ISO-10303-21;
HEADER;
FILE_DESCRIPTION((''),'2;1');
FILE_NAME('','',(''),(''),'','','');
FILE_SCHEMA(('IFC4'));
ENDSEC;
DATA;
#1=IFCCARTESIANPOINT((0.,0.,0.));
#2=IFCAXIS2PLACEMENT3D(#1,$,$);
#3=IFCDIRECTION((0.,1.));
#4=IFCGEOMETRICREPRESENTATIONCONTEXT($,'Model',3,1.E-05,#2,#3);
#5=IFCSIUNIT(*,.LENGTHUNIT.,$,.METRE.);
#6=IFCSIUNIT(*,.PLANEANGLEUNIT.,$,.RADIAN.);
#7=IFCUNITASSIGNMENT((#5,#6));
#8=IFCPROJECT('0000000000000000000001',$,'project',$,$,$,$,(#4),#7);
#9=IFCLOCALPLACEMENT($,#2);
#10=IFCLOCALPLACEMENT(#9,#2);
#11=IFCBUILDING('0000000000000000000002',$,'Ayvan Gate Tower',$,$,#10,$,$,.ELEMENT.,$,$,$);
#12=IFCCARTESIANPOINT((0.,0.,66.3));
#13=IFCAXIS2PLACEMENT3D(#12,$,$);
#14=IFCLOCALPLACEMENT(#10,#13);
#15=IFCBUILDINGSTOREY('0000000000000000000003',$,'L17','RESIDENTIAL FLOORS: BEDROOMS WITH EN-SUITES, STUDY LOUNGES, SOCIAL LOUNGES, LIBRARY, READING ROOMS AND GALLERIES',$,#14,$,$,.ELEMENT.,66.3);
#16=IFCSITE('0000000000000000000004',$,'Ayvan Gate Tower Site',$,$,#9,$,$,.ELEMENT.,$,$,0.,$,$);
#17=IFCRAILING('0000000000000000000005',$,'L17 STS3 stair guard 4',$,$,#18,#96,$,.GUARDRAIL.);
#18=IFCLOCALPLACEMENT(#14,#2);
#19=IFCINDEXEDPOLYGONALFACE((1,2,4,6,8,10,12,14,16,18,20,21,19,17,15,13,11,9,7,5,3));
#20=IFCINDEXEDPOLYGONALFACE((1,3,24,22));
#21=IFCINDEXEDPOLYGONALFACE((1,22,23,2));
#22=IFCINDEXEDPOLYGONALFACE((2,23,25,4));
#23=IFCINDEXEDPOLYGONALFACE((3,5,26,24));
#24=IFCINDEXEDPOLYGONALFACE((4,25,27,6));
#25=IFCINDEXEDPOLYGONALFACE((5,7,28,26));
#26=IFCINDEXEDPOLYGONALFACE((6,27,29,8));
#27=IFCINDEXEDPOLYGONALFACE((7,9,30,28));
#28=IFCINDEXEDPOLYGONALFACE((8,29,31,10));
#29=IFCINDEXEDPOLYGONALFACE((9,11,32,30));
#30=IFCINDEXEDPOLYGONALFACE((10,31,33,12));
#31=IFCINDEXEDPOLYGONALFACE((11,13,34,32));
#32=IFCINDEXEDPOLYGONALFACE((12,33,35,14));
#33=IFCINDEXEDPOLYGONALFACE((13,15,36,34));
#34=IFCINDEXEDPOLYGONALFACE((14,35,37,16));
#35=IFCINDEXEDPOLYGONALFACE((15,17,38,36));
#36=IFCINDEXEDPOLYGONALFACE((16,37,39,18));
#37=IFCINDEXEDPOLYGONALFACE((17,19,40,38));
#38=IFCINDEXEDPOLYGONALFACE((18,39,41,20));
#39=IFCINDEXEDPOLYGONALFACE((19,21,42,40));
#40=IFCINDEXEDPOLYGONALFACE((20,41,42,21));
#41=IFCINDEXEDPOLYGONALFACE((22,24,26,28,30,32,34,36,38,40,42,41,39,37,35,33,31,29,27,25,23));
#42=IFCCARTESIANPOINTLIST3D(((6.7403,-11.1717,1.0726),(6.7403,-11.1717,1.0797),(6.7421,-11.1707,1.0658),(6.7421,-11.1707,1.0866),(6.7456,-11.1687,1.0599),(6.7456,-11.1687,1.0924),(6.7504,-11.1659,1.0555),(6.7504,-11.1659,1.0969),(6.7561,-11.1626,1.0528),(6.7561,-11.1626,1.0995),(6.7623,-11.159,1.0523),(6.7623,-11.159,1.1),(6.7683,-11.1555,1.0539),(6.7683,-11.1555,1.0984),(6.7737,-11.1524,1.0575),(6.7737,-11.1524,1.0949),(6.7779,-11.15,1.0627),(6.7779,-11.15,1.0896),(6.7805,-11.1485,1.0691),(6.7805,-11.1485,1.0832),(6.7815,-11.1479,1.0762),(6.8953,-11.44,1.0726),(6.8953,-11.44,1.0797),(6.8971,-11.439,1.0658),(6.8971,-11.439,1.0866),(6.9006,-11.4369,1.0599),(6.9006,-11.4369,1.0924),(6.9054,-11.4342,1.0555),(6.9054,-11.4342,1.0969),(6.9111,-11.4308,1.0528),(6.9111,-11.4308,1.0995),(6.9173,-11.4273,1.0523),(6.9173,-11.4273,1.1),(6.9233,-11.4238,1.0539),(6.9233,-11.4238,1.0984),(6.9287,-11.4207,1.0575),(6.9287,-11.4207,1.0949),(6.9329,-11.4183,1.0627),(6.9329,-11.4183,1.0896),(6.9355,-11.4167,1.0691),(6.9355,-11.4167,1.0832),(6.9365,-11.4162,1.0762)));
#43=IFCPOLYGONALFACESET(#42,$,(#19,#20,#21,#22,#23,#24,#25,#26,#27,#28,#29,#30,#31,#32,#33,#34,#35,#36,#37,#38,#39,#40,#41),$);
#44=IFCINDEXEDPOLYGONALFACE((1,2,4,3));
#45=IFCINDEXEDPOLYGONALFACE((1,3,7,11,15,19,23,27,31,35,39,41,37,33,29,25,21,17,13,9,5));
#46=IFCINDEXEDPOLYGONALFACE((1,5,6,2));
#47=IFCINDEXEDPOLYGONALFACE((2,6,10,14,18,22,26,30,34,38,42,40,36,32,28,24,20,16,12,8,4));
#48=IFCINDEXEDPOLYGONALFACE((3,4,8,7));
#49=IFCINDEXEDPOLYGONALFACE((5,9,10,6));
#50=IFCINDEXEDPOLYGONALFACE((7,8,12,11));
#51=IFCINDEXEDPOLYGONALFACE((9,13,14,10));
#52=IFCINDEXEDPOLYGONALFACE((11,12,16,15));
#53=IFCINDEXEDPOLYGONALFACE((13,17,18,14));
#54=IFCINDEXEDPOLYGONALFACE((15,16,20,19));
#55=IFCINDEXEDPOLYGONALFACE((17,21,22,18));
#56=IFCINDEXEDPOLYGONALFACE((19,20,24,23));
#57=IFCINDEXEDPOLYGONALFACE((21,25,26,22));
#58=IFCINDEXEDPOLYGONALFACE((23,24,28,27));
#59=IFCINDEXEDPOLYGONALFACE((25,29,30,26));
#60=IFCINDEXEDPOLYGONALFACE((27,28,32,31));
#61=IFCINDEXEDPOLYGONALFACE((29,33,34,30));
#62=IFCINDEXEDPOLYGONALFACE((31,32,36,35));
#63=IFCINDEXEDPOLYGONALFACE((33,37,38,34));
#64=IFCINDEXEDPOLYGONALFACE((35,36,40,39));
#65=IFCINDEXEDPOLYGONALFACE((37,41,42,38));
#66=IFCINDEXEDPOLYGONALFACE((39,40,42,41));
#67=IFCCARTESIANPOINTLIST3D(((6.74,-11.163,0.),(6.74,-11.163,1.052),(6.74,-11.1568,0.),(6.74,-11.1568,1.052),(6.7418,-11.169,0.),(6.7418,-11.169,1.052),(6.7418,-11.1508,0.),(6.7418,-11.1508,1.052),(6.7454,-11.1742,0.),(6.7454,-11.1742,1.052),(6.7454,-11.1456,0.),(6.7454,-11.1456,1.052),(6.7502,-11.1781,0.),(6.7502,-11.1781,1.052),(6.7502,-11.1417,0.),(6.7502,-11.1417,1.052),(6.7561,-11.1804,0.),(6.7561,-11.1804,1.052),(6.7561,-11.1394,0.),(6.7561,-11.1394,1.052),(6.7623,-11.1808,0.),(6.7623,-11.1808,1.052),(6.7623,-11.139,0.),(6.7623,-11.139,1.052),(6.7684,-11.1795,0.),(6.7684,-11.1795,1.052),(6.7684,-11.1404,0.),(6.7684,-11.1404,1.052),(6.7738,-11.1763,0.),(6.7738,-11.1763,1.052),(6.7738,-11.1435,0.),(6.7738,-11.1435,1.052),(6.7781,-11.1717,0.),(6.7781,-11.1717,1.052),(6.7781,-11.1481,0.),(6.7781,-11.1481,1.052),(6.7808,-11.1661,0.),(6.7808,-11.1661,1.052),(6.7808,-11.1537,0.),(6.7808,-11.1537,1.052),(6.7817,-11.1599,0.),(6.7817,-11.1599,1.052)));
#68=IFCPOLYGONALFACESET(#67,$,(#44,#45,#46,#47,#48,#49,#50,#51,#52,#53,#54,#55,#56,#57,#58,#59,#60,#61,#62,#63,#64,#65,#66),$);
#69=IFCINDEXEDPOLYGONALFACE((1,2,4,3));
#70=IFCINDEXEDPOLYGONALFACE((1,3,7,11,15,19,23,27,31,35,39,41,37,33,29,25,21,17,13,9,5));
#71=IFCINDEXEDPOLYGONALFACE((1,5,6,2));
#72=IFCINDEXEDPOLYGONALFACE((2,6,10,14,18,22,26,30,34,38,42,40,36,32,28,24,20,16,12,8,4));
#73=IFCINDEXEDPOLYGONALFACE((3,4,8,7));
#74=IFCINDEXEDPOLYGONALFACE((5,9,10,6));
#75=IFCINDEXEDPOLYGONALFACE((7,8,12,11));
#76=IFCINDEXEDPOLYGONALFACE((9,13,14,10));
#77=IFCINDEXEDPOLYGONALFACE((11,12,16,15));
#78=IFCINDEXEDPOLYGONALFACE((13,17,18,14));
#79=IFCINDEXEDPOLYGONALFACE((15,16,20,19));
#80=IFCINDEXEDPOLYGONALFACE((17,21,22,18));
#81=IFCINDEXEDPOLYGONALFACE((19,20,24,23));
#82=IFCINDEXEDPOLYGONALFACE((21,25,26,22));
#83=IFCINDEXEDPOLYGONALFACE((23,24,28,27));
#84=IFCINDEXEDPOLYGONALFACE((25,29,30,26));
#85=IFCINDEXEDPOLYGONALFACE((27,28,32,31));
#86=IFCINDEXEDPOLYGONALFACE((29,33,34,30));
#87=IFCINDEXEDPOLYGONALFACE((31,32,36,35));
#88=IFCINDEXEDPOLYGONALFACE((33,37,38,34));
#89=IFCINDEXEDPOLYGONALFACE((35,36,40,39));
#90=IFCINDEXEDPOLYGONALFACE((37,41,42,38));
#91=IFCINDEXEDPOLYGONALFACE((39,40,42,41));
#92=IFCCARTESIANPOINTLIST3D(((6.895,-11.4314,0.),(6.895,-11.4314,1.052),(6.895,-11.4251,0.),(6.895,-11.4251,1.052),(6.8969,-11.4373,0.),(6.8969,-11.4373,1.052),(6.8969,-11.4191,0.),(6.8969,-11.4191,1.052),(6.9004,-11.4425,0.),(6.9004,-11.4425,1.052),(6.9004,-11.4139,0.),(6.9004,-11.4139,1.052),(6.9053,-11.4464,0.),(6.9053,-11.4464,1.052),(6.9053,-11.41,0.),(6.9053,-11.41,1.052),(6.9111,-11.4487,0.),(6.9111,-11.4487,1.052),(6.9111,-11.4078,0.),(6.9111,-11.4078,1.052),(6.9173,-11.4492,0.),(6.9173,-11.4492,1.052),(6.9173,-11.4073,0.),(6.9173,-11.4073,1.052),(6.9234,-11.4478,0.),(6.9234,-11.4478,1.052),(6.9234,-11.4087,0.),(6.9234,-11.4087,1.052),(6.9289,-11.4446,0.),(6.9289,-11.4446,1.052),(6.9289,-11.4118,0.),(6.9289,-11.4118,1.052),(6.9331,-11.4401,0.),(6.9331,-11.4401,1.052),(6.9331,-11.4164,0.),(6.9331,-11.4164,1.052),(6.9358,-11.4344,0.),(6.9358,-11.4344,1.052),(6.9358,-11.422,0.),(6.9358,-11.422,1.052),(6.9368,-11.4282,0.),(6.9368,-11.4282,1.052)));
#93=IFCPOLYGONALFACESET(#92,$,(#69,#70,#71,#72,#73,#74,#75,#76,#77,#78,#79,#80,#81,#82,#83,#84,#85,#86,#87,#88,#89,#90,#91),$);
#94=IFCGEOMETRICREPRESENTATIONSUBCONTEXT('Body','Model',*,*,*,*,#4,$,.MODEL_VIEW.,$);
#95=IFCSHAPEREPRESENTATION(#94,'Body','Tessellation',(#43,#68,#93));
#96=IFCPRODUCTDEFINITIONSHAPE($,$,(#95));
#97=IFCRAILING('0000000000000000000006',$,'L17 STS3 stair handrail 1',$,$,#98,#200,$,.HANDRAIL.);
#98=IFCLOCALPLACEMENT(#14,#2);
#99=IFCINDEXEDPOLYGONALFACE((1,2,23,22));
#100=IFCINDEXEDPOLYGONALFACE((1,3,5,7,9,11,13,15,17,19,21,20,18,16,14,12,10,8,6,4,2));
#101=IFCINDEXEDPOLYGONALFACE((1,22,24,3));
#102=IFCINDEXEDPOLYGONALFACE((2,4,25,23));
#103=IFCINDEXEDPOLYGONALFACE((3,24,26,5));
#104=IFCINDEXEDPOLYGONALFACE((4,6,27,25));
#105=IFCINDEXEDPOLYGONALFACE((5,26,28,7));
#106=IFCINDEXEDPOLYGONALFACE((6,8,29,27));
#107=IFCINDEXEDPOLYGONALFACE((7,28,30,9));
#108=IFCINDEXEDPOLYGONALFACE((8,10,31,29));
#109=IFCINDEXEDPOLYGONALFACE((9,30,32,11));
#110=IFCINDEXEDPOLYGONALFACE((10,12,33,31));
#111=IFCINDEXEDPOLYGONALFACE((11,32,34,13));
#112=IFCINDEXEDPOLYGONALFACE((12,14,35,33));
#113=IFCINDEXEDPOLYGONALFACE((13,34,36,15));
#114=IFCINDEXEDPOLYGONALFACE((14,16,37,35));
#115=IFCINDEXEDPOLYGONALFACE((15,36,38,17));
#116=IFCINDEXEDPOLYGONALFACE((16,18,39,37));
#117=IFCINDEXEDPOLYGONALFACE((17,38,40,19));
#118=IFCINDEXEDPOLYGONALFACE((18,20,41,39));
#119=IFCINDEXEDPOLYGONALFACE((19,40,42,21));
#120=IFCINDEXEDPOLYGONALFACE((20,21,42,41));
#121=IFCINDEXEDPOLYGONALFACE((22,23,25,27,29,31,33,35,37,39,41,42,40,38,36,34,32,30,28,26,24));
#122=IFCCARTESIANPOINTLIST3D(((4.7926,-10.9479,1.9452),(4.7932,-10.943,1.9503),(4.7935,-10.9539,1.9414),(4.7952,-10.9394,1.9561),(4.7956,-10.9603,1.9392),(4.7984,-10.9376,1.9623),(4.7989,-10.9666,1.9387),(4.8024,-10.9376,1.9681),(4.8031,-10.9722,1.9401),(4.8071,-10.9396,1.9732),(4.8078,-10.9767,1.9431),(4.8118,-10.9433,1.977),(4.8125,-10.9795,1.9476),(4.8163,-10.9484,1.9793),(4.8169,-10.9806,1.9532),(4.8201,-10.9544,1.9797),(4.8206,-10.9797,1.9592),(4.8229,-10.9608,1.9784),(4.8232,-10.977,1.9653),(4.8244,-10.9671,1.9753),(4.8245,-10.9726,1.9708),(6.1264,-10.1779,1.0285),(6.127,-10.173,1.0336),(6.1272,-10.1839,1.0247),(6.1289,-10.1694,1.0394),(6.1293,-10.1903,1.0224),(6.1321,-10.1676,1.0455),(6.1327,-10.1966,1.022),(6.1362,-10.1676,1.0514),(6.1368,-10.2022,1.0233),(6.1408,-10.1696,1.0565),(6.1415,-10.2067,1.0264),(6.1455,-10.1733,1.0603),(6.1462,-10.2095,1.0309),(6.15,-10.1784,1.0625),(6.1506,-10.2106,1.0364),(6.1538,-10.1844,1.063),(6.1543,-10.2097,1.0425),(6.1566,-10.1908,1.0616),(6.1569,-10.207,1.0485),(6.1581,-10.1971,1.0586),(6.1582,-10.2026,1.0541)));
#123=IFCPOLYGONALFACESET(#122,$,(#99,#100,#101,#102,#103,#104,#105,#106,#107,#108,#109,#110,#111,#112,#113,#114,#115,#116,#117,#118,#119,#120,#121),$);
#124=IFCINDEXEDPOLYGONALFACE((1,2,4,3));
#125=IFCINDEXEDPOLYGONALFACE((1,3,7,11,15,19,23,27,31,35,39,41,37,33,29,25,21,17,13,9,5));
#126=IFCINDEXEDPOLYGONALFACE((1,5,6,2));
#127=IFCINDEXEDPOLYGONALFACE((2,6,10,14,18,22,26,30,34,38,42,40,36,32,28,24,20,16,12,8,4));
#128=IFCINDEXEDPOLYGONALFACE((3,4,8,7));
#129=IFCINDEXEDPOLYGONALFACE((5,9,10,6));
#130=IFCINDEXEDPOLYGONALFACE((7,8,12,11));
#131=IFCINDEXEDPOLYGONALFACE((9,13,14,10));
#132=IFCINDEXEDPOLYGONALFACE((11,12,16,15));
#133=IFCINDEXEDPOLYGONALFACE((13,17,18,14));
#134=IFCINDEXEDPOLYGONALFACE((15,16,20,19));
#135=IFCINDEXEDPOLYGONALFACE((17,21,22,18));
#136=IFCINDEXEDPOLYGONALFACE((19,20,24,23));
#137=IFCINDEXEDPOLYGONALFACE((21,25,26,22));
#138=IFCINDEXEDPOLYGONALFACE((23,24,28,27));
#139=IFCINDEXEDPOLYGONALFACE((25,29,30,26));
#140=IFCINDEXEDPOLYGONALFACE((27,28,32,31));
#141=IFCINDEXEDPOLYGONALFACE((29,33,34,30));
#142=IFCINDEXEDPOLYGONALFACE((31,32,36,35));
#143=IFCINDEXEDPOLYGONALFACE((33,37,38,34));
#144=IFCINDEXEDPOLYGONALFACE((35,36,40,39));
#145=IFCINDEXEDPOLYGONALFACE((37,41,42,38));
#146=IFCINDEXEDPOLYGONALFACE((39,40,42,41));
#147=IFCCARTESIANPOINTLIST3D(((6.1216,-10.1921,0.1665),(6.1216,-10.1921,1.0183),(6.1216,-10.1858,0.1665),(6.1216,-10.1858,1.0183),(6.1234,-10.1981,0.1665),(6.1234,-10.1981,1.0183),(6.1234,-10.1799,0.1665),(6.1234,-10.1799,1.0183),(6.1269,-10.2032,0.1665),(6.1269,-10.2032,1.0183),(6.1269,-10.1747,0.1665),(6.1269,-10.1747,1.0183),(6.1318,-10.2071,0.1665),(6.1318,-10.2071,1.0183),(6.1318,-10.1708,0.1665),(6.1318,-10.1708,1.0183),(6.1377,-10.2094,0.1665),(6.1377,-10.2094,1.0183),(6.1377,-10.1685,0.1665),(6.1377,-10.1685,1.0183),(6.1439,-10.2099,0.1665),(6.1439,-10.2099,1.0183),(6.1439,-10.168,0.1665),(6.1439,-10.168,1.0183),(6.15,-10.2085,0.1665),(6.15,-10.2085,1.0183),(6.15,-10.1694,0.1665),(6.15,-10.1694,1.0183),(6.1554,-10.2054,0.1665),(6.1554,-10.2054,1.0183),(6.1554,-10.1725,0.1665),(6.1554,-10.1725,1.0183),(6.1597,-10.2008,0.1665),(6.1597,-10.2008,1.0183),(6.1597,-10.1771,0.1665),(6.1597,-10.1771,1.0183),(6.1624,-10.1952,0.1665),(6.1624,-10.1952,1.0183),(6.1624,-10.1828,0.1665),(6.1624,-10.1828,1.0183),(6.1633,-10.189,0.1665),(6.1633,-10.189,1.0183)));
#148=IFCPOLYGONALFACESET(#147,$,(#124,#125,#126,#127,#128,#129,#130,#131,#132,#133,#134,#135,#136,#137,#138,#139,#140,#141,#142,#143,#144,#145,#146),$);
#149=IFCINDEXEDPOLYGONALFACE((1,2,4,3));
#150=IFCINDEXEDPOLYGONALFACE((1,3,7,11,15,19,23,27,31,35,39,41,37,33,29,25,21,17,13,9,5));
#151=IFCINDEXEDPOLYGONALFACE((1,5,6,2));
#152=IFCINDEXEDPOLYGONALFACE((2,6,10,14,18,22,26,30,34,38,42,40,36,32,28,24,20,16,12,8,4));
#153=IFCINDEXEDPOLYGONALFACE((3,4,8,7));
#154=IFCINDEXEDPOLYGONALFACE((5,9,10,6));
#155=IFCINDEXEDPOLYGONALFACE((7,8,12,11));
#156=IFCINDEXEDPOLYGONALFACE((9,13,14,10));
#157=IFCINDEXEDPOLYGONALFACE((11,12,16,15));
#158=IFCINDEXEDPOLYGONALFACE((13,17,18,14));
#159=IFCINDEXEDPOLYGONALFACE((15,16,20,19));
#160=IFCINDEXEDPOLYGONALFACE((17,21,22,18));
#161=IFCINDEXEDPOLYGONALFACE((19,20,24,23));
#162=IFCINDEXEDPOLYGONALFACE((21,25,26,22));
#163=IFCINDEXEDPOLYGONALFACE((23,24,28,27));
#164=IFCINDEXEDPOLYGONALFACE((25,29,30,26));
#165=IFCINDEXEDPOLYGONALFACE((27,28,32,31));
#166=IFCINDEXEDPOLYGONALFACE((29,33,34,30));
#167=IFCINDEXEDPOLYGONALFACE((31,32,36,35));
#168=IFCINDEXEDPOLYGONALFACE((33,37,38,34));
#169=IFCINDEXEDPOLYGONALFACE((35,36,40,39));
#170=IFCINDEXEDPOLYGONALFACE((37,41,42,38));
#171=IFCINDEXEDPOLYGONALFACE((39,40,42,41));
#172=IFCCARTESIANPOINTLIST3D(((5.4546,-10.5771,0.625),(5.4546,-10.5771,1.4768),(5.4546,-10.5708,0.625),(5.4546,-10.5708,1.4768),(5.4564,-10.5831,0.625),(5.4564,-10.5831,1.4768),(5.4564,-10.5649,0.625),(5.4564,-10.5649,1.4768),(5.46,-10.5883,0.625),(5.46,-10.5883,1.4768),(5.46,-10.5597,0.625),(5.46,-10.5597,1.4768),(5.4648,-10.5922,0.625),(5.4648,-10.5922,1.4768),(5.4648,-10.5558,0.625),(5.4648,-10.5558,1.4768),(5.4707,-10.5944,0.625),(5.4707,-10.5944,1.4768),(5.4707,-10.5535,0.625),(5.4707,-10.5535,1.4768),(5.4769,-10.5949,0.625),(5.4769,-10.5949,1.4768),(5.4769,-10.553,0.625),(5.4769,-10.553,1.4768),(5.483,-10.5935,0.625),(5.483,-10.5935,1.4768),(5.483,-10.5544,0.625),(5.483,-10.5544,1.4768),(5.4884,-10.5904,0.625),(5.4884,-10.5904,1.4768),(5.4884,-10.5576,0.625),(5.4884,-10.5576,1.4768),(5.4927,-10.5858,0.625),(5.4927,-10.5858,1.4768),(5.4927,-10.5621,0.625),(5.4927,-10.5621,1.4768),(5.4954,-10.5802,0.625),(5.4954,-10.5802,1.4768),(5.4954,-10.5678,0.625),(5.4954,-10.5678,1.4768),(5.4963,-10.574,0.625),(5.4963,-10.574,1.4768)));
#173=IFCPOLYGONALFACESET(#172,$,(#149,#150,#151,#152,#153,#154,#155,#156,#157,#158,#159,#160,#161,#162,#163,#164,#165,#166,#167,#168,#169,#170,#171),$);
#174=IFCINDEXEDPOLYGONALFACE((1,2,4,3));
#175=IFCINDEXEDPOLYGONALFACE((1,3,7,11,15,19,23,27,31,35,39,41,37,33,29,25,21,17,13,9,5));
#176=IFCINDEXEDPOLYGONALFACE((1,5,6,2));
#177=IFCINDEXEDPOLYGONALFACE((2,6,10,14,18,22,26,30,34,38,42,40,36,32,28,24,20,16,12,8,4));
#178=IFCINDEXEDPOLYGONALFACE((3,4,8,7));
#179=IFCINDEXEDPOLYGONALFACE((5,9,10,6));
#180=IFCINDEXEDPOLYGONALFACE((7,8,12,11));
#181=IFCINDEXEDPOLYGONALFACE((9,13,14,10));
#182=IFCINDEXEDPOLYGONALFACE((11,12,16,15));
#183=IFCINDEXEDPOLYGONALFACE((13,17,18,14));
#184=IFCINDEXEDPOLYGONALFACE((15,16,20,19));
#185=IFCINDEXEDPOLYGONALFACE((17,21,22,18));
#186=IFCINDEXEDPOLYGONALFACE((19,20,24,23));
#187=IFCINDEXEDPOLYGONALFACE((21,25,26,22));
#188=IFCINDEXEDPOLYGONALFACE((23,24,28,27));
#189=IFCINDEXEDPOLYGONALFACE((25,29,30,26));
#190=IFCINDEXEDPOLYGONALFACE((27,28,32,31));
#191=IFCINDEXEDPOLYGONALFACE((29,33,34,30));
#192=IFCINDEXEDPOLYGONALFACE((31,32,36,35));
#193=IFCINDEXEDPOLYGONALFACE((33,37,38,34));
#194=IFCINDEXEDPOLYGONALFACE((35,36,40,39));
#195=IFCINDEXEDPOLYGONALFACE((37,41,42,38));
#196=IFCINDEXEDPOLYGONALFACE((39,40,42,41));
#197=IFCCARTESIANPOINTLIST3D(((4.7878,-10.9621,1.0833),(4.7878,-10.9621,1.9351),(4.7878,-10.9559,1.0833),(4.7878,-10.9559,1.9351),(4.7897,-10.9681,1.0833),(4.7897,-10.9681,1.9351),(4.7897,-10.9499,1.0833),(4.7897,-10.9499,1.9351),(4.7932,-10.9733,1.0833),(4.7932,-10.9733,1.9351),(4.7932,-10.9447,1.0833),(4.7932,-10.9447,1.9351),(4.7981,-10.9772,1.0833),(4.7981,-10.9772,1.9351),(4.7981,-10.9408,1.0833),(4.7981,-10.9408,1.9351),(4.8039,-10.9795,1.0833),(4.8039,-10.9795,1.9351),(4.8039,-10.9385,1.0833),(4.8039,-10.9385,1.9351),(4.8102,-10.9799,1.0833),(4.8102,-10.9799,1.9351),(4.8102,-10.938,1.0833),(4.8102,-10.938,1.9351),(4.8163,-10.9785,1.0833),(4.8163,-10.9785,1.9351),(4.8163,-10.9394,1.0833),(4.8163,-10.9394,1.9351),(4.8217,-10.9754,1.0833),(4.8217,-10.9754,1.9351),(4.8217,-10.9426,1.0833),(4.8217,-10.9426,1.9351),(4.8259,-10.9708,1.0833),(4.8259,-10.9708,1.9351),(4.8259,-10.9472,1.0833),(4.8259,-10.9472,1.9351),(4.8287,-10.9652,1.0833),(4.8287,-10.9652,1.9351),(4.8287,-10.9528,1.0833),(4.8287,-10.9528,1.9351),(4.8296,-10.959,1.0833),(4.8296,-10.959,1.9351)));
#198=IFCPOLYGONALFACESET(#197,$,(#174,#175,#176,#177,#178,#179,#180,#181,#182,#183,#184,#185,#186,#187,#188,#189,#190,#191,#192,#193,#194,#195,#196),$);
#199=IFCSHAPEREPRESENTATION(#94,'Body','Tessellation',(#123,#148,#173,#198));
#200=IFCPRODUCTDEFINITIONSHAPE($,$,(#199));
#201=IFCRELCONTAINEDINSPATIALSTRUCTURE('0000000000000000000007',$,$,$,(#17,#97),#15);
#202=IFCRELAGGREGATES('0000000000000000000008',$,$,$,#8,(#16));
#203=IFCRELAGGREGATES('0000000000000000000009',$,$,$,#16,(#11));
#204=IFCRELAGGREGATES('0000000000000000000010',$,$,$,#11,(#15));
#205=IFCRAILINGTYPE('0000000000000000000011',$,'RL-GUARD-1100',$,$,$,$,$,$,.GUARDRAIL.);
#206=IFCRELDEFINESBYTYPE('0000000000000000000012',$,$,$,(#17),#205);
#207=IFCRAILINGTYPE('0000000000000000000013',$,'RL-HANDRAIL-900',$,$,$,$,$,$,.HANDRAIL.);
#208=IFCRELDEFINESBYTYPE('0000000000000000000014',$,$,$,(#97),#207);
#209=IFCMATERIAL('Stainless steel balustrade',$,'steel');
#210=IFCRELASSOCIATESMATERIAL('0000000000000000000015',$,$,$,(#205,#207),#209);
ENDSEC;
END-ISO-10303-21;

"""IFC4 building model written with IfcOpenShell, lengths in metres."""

from ifc_helpers import new_model, si_unit, direction, frame, origin, origin_2d, place, context, subcontext, project, spatial, circle, extrude, material, type_object, element, save


model = new_model("IFC4")

# Units and contexts
model_context = context("Model", 3, precision=1e-05, world=origin(), true_north=direction((0.0, 1.0)))
body_context = subcontext(model_context, "Body", "Model", "MODEL_VIEW")
ifc_project = project(units=[si_unit("LENGTHUNIT", "METRE"), si_unit("PLANEANGLEUNIT", "RADIAN")], contexts=[model_context])

# Site, building, storey
site_placement = place(None, origin())
site = spatial("IfcSite", under=ifc_project, at=site_placement, Name="Ayvan Gate Tower Site", CompositionType="ELEMENT", RefElevation=0.0)
building_placement = place(site_placement, origin())
building = spatial("IfcBuilding", under=site, at=building_placement, Name="Ayvan Gate Tower", CompositionType="ELEMENT")
storey_placement = place(building_placement, frame((0.0, 0.0, 66.3)))
storey = spatial("IfcBuildingStorey", under=building, at=storey_placement, Name="L17", Description="RESIDENTIAL FLOORS: BEDROOMS WITH EN-SUITES, STUDY LOUNGES, SOCIAL LOUNGES, LIBRARY, READING ROOMS AND GALLERIES", CompositionType="ELEMENT", Elevation=66.3)

# Railings
ifc_material_1 = material(Name="Stainless steel balustrade", Category="steel")
railing_type_1 = type_object("IfcRailingType", Name="RL-GUARD-1100", PredefinedType="GUARDRAIL", material=ifc_material_1)
railing_1_placement = place(storey_placement, frame((6.7607, -11.1599, 0.0)))
element("IfcRailing", 1, at=railing_1_placement, inside=storey, type_object=railing_type_1, Name="L17 STS3 stair guard 4", PredefinedType="GUARDRAIL", context=body_context, shape_type="SweptSolid", body=[
    extrude(circle(Radius=0.0239, at=origin_2d()), frame((0.0, 0.0, 1.0762), z_axis=(0.500291, -0.865857, 0.0), x_axis=(0.865857, 0.500291, 0.0)), (0.0, 0.0, 1.0), 0.3098),
    extrude(circle(Radius=0.021, at=origin_2d()), origin(), (0.0, 0.0, 1.0), 1.052),
    extrude(circle(Radius=0.021, at=origin_2d()), frame((0.155, -0.2683, 0.0)), (0.0, 0.0, 1.0), 1.052),
])
railing_type_2 = type_object("IfcRailingType", Name="RL-HANDRAIL-900", PredefinedType="HANDRAIL", material=ifc_material_1)
railing_2_placement = place(storey_placement, frame((6.1423, -10.189, 0.1665)))
element("IfcRailing", 2, at=railing_2_placement, inside=storey, type_object=railing_type_2, Name="L17 STS3 stair handrail 1", PredefinedType="HANDRAIL", context=body_context, shape_type="SweptSolid", body=[
    extrude(circle(Radius=0.0239, at=origin_2d()), frame((0.0, 0.0, 0.876), z_axis=(-0.744164, -0.429634, 0.511502), x_axis=(0.499992, -0.86603, 0.0)), (0.0, 0.0, 1.0), 1.7922),
    extrude(circle(Radius=0.021, at=origin_2d()), origin(), (0.0, 0.0, 1.0), 0.8518),
    extrude(circle(Radius=0.021, at=origin_2d()), frame((-0.667, -0.385, 0.4585)), (0.0, 0.0, 1.0), 0.8518),
    extrude(circle(Radius=0.021, at=origin_2d()), frame((-1.3337, -0.77, 0.9167)), (0.0, 0.0, 1.0), 0.8518),
])

save(model, "model.ifc")
